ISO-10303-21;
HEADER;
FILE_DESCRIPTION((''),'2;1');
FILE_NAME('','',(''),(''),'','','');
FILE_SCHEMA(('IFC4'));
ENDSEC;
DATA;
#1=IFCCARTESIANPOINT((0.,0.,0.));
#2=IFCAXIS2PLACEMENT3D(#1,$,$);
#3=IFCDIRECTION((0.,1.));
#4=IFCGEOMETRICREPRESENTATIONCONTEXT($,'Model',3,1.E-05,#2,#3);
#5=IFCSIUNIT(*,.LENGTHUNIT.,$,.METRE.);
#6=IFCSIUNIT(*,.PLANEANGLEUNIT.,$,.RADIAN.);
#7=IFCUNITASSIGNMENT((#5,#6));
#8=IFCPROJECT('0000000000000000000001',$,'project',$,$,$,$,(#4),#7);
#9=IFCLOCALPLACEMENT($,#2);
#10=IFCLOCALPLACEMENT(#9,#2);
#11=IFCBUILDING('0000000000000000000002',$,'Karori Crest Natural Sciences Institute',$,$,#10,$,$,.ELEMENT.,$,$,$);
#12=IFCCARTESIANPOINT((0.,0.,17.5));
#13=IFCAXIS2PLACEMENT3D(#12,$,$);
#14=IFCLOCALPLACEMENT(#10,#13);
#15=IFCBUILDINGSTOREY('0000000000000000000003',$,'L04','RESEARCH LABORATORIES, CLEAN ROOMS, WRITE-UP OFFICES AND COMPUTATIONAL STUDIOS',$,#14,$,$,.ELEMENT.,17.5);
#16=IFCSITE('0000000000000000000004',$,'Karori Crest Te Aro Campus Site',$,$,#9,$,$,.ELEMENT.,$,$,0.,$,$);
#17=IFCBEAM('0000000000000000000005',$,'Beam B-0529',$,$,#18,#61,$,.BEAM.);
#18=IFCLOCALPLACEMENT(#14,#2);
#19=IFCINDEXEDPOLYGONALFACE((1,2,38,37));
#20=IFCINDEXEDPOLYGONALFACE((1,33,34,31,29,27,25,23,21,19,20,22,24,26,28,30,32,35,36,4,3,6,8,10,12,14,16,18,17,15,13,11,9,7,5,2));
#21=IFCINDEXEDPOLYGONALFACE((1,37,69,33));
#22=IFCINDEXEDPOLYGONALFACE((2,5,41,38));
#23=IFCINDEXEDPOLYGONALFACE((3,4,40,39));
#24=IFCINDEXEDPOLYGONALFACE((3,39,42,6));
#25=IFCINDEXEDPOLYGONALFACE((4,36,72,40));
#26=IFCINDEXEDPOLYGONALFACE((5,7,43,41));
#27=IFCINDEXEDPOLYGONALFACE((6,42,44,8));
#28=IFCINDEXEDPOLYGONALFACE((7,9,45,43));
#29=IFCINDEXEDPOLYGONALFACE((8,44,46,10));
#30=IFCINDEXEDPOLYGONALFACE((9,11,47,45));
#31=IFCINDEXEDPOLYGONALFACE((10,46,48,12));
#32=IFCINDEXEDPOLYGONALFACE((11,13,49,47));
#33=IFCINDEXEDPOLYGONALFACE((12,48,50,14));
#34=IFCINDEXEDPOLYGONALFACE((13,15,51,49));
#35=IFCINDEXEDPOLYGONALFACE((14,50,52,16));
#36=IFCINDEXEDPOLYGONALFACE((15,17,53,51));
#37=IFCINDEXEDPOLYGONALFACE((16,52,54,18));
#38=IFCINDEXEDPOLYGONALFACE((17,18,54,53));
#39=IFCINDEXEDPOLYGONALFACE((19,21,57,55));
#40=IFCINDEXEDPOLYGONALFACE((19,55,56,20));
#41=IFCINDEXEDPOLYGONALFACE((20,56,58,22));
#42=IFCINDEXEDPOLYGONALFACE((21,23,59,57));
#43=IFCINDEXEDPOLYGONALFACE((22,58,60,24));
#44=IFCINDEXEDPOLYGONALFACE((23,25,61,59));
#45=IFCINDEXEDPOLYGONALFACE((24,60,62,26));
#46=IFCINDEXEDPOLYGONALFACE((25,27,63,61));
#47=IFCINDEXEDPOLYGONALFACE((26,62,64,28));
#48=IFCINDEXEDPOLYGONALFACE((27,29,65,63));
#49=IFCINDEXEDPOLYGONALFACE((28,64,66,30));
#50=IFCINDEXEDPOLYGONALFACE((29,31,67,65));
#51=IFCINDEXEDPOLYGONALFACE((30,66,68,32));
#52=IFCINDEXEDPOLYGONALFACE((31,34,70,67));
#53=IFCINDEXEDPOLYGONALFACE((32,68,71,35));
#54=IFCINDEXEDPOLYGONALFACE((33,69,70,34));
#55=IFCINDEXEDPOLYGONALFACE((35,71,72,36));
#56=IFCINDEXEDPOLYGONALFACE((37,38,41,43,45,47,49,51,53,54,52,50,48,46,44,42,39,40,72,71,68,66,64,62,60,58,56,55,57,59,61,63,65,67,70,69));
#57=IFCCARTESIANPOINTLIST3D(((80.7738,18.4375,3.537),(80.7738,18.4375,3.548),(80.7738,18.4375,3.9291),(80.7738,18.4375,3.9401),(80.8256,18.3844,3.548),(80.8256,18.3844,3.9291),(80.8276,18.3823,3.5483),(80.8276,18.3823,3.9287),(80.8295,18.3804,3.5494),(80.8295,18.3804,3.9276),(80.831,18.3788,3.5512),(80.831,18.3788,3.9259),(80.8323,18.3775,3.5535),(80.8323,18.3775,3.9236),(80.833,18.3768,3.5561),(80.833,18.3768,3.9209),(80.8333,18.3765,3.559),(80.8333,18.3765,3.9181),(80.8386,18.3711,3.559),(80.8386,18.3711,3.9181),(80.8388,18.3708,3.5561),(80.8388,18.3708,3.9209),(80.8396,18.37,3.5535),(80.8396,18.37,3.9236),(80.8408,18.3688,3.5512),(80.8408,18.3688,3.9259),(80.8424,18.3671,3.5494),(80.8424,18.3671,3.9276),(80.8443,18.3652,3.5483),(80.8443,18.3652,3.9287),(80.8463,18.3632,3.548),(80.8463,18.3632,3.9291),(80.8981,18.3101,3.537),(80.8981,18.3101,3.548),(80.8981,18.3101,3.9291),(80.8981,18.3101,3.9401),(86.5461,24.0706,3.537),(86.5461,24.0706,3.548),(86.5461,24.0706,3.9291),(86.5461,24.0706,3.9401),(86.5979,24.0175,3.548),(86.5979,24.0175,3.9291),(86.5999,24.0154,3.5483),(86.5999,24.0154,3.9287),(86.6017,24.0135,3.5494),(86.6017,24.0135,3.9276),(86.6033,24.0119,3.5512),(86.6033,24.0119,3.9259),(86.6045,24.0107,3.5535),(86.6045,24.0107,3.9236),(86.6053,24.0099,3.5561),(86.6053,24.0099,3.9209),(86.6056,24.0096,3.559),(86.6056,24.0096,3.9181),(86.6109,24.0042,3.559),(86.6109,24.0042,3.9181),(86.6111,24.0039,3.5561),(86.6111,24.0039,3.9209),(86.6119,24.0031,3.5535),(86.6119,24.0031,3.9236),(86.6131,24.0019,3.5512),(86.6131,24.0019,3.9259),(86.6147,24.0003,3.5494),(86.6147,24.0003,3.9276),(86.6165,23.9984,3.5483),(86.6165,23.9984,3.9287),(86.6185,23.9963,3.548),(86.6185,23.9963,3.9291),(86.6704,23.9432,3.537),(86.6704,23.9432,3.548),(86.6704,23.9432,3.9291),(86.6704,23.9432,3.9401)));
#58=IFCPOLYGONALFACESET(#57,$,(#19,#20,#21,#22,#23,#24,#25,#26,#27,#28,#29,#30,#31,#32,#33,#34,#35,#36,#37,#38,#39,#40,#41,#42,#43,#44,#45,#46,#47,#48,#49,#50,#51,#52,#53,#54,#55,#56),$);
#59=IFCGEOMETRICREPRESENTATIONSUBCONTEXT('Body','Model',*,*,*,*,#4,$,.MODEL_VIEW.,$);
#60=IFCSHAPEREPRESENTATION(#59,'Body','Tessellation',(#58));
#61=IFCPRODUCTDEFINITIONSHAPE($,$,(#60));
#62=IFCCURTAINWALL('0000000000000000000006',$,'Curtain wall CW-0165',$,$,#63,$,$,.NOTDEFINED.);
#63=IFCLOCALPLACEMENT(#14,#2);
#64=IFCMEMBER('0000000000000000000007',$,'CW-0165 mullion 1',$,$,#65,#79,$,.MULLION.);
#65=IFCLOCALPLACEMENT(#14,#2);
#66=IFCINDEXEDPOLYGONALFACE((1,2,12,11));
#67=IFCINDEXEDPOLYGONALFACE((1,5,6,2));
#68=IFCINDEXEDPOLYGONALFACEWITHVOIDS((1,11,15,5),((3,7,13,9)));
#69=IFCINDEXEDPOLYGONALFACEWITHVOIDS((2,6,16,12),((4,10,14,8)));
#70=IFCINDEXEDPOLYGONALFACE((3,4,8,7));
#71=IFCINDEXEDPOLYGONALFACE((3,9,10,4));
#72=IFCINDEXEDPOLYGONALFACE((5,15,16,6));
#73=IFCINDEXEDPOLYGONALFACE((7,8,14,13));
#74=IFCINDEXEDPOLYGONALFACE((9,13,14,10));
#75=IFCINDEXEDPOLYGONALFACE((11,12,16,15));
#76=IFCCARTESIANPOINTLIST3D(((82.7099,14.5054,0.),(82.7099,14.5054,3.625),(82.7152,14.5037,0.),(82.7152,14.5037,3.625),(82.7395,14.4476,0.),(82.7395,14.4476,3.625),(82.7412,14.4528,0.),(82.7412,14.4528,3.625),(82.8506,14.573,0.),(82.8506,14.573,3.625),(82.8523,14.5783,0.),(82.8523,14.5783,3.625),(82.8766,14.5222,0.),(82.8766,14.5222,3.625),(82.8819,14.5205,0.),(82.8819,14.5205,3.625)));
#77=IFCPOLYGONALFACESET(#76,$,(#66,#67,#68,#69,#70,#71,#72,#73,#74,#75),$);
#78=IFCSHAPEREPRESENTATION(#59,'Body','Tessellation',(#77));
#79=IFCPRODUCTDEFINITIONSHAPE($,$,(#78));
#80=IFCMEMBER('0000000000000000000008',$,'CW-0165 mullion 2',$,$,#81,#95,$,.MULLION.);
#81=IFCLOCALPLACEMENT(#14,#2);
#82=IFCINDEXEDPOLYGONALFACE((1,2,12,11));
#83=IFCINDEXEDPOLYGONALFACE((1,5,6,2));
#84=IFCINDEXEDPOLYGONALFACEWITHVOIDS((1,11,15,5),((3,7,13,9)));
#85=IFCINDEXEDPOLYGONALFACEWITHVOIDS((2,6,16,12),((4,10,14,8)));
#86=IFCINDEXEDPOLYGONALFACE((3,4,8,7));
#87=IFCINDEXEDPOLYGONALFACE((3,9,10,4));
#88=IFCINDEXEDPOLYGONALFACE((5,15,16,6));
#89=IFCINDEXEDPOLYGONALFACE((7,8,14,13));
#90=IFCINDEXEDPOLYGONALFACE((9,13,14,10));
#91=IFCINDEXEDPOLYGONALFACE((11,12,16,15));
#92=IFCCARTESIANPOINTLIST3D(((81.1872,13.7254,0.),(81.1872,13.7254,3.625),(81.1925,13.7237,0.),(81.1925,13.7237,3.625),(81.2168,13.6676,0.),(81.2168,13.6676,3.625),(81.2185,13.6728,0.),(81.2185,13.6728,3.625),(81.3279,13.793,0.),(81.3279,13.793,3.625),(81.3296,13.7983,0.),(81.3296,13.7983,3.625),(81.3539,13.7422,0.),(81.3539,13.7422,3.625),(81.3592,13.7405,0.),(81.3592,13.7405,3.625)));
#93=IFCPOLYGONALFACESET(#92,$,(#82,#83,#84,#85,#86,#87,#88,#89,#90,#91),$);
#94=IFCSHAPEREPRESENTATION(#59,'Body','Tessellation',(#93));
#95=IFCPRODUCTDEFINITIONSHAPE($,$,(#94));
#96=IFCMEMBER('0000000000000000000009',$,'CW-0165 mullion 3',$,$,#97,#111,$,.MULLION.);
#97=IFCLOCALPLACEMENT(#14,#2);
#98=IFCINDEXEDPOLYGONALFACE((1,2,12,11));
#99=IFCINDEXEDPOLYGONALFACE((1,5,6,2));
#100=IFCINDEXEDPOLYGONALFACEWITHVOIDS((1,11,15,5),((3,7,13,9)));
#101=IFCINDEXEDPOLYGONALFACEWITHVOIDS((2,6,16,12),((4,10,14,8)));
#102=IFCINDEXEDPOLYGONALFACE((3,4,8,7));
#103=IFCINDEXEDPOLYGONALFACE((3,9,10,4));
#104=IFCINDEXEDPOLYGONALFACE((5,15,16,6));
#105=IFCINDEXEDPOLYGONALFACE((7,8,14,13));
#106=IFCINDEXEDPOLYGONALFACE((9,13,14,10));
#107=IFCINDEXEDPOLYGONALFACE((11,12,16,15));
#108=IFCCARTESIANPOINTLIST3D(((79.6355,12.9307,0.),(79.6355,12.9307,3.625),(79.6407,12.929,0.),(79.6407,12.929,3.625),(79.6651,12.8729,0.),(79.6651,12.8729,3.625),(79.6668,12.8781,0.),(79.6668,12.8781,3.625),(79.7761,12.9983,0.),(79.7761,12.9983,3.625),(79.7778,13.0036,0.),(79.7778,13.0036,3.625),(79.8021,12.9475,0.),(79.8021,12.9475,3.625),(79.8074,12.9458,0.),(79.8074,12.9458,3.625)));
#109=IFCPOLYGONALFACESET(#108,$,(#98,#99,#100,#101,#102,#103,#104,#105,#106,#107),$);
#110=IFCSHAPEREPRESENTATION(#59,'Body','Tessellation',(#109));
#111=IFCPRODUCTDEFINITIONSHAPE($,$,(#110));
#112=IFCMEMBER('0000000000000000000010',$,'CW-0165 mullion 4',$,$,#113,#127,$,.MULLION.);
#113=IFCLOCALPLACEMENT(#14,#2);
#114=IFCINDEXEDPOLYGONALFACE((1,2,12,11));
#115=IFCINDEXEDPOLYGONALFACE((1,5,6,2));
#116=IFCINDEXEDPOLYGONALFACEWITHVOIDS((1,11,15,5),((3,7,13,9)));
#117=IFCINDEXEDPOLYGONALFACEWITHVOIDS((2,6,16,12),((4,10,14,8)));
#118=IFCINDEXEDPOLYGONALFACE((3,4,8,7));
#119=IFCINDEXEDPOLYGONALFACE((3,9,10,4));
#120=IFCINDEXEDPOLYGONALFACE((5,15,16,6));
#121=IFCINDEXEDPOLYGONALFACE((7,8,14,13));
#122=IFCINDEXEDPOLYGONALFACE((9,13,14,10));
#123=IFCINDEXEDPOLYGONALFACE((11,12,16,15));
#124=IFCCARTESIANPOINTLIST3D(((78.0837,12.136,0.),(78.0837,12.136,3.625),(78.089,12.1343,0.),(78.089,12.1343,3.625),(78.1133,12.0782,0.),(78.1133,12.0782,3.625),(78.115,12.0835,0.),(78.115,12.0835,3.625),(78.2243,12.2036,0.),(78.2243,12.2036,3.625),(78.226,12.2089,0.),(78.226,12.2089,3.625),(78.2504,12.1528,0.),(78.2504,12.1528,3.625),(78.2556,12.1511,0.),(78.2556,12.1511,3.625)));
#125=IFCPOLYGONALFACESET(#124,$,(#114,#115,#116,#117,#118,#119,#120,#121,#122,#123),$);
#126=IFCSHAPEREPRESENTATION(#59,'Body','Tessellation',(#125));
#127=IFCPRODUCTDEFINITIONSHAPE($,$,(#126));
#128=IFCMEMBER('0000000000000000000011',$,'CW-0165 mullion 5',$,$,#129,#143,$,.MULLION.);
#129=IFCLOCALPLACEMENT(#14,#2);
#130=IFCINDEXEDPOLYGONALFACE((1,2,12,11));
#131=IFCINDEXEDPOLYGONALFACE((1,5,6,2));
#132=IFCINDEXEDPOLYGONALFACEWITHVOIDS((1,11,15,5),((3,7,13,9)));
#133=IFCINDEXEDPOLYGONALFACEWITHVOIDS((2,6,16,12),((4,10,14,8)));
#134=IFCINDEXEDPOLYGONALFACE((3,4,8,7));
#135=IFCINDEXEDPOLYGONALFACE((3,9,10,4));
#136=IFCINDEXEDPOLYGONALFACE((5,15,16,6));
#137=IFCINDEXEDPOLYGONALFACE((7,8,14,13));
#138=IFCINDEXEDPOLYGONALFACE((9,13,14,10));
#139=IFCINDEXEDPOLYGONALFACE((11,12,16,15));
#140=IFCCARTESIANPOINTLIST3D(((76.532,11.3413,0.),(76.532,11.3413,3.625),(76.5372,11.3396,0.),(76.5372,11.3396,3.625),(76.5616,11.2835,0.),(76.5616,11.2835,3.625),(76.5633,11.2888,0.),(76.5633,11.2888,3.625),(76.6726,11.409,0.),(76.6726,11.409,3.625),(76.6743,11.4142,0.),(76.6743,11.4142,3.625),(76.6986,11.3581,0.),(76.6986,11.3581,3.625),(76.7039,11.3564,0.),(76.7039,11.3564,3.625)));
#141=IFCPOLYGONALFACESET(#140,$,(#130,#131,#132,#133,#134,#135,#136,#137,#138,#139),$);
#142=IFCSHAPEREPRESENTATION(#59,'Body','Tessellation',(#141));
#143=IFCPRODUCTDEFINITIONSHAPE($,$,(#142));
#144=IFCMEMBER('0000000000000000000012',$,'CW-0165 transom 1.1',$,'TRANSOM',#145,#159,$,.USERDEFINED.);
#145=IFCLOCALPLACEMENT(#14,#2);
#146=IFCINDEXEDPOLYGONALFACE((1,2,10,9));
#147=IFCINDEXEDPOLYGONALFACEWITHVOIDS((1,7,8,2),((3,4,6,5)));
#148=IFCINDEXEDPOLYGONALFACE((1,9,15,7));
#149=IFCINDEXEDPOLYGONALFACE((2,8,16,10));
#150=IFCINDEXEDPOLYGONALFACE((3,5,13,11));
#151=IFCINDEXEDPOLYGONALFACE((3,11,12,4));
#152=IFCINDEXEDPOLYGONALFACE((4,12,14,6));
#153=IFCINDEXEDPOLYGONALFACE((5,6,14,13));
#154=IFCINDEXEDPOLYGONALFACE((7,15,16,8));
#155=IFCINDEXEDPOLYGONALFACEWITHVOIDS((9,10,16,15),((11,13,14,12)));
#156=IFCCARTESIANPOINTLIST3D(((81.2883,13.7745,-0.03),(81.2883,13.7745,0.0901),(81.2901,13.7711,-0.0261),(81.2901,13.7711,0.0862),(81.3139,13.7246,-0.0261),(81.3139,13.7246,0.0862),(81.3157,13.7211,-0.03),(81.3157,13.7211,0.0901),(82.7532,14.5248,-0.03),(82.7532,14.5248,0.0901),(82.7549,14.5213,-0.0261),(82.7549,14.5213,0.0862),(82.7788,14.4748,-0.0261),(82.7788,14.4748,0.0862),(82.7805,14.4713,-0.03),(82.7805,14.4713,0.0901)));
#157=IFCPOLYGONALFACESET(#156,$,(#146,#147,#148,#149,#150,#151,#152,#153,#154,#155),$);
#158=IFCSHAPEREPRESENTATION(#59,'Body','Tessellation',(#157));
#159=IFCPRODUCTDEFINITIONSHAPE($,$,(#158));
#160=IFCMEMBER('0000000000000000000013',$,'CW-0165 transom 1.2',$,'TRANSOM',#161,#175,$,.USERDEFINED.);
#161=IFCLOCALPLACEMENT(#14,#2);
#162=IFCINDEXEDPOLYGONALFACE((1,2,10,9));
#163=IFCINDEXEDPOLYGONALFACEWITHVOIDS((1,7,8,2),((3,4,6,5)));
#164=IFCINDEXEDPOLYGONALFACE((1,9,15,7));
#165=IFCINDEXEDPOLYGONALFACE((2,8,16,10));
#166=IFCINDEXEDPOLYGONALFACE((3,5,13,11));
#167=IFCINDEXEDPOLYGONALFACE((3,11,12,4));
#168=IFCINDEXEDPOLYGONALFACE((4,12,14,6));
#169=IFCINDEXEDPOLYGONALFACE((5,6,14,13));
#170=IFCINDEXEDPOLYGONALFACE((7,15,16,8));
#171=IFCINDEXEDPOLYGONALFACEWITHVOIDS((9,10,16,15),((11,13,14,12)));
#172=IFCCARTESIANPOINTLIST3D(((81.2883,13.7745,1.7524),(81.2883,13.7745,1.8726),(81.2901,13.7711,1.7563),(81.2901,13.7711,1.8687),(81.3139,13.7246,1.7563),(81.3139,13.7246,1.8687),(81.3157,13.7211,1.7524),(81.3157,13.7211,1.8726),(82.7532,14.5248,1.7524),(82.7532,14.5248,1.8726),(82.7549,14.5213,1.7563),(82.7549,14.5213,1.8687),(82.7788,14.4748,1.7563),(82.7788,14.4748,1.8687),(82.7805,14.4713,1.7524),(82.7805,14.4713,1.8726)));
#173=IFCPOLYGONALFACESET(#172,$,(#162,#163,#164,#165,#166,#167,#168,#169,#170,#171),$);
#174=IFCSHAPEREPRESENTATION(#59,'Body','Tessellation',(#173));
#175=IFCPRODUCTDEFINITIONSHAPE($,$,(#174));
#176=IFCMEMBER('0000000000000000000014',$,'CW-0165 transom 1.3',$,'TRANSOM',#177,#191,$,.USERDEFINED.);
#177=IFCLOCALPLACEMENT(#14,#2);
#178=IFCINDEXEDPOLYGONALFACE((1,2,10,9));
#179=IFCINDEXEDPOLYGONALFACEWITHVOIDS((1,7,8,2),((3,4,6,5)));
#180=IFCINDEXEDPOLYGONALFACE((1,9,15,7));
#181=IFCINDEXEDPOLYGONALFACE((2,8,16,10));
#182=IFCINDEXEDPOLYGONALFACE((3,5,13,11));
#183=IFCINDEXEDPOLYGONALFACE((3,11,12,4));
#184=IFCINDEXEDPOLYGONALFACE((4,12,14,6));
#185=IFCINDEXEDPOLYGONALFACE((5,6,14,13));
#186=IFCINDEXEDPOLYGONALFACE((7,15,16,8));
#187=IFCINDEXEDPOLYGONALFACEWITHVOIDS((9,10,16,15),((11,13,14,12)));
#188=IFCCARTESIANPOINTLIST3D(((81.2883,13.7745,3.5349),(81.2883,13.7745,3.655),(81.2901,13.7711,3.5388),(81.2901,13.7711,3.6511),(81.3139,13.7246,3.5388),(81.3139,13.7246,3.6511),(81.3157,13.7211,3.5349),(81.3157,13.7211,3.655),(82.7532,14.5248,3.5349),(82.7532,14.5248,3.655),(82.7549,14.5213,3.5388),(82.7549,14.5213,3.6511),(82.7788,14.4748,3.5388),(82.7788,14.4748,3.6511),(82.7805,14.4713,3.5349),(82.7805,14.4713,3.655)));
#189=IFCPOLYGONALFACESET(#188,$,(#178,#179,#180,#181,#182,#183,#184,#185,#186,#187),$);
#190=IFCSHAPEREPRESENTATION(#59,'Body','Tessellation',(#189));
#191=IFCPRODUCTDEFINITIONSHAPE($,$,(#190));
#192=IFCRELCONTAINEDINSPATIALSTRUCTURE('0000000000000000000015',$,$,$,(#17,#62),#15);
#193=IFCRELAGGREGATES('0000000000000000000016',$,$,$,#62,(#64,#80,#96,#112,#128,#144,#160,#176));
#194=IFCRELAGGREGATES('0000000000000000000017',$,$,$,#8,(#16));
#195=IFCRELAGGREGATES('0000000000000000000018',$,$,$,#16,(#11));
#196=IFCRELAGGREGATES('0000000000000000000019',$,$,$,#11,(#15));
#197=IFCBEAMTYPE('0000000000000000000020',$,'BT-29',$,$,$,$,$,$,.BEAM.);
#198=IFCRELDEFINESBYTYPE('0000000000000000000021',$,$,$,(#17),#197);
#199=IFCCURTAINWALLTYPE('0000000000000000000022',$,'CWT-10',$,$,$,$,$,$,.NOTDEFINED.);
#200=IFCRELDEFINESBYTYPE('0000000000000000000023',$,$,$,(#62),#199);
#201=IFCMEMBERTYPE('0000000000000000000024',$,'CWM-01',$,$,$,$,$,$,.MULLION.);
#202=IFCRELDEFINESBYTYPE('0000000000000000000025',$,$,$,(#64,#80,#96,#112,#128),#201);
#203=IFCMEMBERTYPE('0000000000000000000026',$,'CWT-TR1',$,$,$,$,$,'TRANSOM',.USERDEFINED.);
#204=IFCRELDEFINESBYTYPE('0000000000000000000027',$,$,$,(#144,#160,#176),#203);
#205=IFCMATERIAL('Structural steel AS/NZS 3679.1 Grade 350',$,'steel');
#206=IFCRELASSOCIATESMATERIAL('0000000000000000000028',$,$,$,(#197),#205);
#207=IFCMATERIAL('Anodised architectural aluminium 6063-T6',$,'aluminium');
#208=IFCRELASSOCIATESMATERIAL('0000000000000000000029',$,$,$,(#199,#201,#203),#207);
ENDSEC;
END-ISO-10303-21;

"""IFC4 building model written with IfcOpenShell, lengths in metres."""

from ifc_helpers import new_model, si_unit, direction, frame, origin, origin_2d, place, context, subcontext, project, spatial, hollow_rectangle, i_section, extrude, material, material_profile, profile_set, type_object, element, aggregate, save


model = new_model("IFC4")

# Units and contexts
model_context = context("Model", 3, precision=1e-05, world=origin(), true_north=direction((0.0, 1.0)))
body_context = subcontext(model_context, "Body", "Model", "MODEL_VIEW")
ifc_project = project(units=[si_unit("LENGTHUNIT", "METRE"), si_unit("PLANEANGLEUNIT", "RADIAN")], contexts=[model_context])

# Site, building, storey
site_placement = place(None, origin())
site = spatial("IfcSite", under=ifc_project, at=site_placement, Name="Karori Crest Te Aro Campus Site", CompositionType="ELEMENT", RefElevation=0.0)
building_placement = place(site_placement, origin())
building = spatial("IfcBuilding", under=site, at=building_placement, Name="Karori Crest Natural Sciences Institute", CompositionType="ELEMENT")
storey_placement = place(building_placement, frame((0.0, 0.0, 17.5)))
storey = spatial("IfcBuildingStorey", under=building, at=storey_placement, Name="L04", Description="RESEARCH LABORATORIES, CLEAN ROOMS, WRITE-UP OFFICES AND COMPUTATIONAL STUDIOS", CompositionType="ELEMENT", Elevation=17.5)

# Beam
ifc_material_1 = material(Name="Structural steel AS/NZS 3679.1 Grade 350", Category="steel")
ifc_material_profile_1 = material_profile(ifc_material_1, i_section(OverallWidth=0.178, OverallDepth=0.4031, WebThickness=0.0076, FlangeThickness=0.011, FilletRadius=0.011, at=origin_2d()), Name="410UB53.7")
ifc_profile_set_1 = profile_set([ifc_material_profile_1], Name="Structural steel AS/NZS 3679.1 Grade 350")
beam_type = type_object("IfcBeamType", Name="BT-29", PredefinedType="BEAM", material=ifc_profile_set_1)
beam_placement = place(storey_placement, frame((80.8359, 18.3738, 3.7385), z_axis=(0.715681, 0.698427, 0.0), x_axis=(-0.698427, 0.715681, 0.0)))
element("IfcBeam", 1, at=beam_placement, inside=storey, type_object=beam_type, Name="Beam B-0529", PredefinedType="BEAM", context=body_context, shape_type="SweptSolid", body=[
    extrude(i_section(OverallWidth=0.178, OverallDepth=0.4031, WebThickness=0.0076, FlangeThickness=0.011, FilletRadius=0.011, at=origin_2d()), origin(), (0.0, 0.0, 1.0), 8.0654),
])

# Curtain wall, members
ifc_material_2 = material(Name="Anodised architectural aluminium 6063-T6", Category="aluminium")
curtain_wall_type = type_object("IfcCurtainWallType", Name="CWT-10", PredefinedType="NOTDEFINED", material=ifc_material_2)
curtain_wall_placement = place(storey_placement, origin())
curtain_wall = element("IfcCurtainWall", 2, at=curtain_wall_placement, inside=storey, type_object=curtain_wall_type, Name="Curtain wall CW-0165", PredefinedType="NOTDEFINED")
ifc_material_profile_2 = material_profile(ifc_material_2, hollow_rectangle(XDim=0.0649, YDim=0.1599, WallThickness=0.0039, at=origin_2d()), Name="CWM160x65x4")
ifc_profile_set_2 = profile_set([ifc_material_profile_2], Name="Anodised architectural aluminium 6063-T6")
member_type_1 = type_object("IfcMemberType", Name="CWM-01", PredefinedType="MULLION", material=ifc_profile_set_2)
member_1_placement = place(storey_placement, frame((82.7959, 14.5129, 0.0), z_axis=(0.0, 0.0, 1.0), x_axis=(0.455829, -0.890067, 0.0)))
member_1 = element("IfcMember", 3, at=member_1_placement, type_object=member_type_1, Name="CW-0165 mullion 1", PredefinedType="MULLION", context=body_context, shape_type="SweptSolid", body=[
    extrude(hollow_rectangle(XDim=0.0649, YDim=0.1599, WallThickness=0.0039, at=origin_2d()), origin(), (0.0, 0.0, 1.0), 3.625),
])
member_2_placement = place(storey_placement, frame((81.2732, 13.7329, 0.0), z_axis=(0.0, 0.0, 1.0), x_axis=(0.455829, -0.890067, 0.0)))
member_2 = element("IfcMember", 4, at=member_2_placement, type_object=member_type_1, Name="CW-0165 mullion 2", PredefinedType="MULLION", context=body_context, shape_type="SweptSolid", body=[
    extrude(hollow_rectangle(XDim=0.0649, YDim=0.1599, WallThickness=0.0039, at=origin_2d()), origin(), (0.0, 0.0, 1.0), 3.625),
])
member_3_placement = place(storey_placement, frame((79.7214, 12.9382, 0.0), z_axis=(0.0, 0.0, 1.0), x_axis=(0.455829, -0.890067, 0.0)))
member_3 = element("IfcMember", 5, at=member_3_placement, type_object=member_type_1, Name="CW-0165 mullion 3", PredefinedType="MULLION", context=body_context, shape_type="SweptSolid", body=[
    extrude(hollow_rectangle(XDim=0.0649, YDim=0.1599, WallThickness=0.0039, at=origin_2d()), origin(), (0.0, 0.0, 1.0), 3.625),
])
member_4_placement = place(storey_placement, frame((78.1697, 12.1436, 0.0), z_axis=(0.0, 0.0, 1.0), x_axis=(0.455829, -0.890067, 0.0)))
member_4 = element("IfcMember", 6, at=member_4_placement, type_object=member_type_1, Name="CW-0165 mullion 4", PredefinedType="MULLION", context=body_context, shape_type="SweptSolid", body=[
    extrude(hollow_rectangle(XDim=0.0649, YDim=0.1599, WallThickness=0.0039, at=origin_2d()), origin(), (0.0, 0.0, 1.0), 3.625),
])
member_5_placement = place(storey_placement, frame((76.6179, 11.3489, 0.0), z_axis=(0.0, 0.0, 1.0), x_axis=(0.455829, -0.890067, 0.0)))
member_5 = element("IfcMember", 7, at=member_5_placement, type_object=member_type_1, Name="CW-0165 mullion 5", PredefinedType="MULLION", context=body_context, shape_type="SweptSolid", body=[
    extrude(hollow_rectangle(XDim=0.0649, YDim=0.1599, WallThickness=0.0039, at=origin_2d()), origin(), (0.0, 0.0, 1.0), 3.625),
])
ifc_material_profile_3 = material_profile(ifc_material_2, hollow_rectangle(XDim=0.0601, YDim=0.1201, WallThickness=0.0039, at=origin_2d()), Name="CWT120x60x4")
ifc_profile_set_3 = profile_set([ifc_material_profile_3], Name="Anodised architectural aluminium 6063-T6")
member_type_2 = type_object("IfcMemberType", Name="CWT-TR1", ElementType="TRANSOM", PredefinedType="USERDEFINED", material=ifc_profile_set_3)
member_6_placement = place(storey_placement, frame((82.7668, 14.498, 0.03), z_axis=(-0.890054, -0.455856, 0.0), x_axis=(0.455856, -0.890054, 0.0)))
member_6 = element("IfcMember", 8, at=member_6_placement, type_object=member_type_2, Name="CW-0165 transom 1.1", ObjectType="TRANSOM", PredefinedType="USERDEFINED", context=body_context, shape_type="SweptSolid", body=[
    extrude(hollow_rectangle(XDim=0.0601, YDim=0.1201, WallThickness=0.0039, at=origin_2d()), origin(), (0.0, 0.0, 1.0), 1.6458),
])
member_7_placement = place(storey_placement, frame((82.7668, 14.498, 1.8125), z_axis=(-0.890054, -0.455856, 0.0), x_axis=(0.455856, -0.890054, 0.0)))
member_7 = element("IfcMember", 9, at=member_7_placement, type_object=member_type_2, Name="CW-0165 transom 1.2", ObjectType="TRANSOM", PredefinedType="USERDEFINED", context=body_context, shape_type="SweptSolid", body=[
    extrude(hollow_rectangle(XDim=0.0601, YDim=0.1201, WallThickness=0.0039, at=origin_2d()), origin(), (0.0, 0.0, 1.0), 1.6458),
])
member_8_placement = place(storey_placement, frame((82.7668, 14.498, 3.595), z_axis=(-0.890054, -0.455856, 0.0), x_axis=(0.455856, -0.890054, 0.0)))
member_8 = element("IfcMember", 10, at=member_8_placement, type_object=member_type_2, Name="CW-0165 transom 1.3", ObjectType="TRANSOM", PredefinedType="USERDEFINED", context=body_context, shape_type="SweptSolid", body=[
    extrude(hollow_rectangle(XDim=0.0601, YDim=0.1201, WallThickness=0.0039, at=origin_2d()), origin(), (0.0, 0.0, 1.0), 1.6458),
])
aggregate(curtain_wall, [member_1, member_2, member_3, member_4, member_5, member_6, member_7, member_8])

save(model, "model.ifc")
